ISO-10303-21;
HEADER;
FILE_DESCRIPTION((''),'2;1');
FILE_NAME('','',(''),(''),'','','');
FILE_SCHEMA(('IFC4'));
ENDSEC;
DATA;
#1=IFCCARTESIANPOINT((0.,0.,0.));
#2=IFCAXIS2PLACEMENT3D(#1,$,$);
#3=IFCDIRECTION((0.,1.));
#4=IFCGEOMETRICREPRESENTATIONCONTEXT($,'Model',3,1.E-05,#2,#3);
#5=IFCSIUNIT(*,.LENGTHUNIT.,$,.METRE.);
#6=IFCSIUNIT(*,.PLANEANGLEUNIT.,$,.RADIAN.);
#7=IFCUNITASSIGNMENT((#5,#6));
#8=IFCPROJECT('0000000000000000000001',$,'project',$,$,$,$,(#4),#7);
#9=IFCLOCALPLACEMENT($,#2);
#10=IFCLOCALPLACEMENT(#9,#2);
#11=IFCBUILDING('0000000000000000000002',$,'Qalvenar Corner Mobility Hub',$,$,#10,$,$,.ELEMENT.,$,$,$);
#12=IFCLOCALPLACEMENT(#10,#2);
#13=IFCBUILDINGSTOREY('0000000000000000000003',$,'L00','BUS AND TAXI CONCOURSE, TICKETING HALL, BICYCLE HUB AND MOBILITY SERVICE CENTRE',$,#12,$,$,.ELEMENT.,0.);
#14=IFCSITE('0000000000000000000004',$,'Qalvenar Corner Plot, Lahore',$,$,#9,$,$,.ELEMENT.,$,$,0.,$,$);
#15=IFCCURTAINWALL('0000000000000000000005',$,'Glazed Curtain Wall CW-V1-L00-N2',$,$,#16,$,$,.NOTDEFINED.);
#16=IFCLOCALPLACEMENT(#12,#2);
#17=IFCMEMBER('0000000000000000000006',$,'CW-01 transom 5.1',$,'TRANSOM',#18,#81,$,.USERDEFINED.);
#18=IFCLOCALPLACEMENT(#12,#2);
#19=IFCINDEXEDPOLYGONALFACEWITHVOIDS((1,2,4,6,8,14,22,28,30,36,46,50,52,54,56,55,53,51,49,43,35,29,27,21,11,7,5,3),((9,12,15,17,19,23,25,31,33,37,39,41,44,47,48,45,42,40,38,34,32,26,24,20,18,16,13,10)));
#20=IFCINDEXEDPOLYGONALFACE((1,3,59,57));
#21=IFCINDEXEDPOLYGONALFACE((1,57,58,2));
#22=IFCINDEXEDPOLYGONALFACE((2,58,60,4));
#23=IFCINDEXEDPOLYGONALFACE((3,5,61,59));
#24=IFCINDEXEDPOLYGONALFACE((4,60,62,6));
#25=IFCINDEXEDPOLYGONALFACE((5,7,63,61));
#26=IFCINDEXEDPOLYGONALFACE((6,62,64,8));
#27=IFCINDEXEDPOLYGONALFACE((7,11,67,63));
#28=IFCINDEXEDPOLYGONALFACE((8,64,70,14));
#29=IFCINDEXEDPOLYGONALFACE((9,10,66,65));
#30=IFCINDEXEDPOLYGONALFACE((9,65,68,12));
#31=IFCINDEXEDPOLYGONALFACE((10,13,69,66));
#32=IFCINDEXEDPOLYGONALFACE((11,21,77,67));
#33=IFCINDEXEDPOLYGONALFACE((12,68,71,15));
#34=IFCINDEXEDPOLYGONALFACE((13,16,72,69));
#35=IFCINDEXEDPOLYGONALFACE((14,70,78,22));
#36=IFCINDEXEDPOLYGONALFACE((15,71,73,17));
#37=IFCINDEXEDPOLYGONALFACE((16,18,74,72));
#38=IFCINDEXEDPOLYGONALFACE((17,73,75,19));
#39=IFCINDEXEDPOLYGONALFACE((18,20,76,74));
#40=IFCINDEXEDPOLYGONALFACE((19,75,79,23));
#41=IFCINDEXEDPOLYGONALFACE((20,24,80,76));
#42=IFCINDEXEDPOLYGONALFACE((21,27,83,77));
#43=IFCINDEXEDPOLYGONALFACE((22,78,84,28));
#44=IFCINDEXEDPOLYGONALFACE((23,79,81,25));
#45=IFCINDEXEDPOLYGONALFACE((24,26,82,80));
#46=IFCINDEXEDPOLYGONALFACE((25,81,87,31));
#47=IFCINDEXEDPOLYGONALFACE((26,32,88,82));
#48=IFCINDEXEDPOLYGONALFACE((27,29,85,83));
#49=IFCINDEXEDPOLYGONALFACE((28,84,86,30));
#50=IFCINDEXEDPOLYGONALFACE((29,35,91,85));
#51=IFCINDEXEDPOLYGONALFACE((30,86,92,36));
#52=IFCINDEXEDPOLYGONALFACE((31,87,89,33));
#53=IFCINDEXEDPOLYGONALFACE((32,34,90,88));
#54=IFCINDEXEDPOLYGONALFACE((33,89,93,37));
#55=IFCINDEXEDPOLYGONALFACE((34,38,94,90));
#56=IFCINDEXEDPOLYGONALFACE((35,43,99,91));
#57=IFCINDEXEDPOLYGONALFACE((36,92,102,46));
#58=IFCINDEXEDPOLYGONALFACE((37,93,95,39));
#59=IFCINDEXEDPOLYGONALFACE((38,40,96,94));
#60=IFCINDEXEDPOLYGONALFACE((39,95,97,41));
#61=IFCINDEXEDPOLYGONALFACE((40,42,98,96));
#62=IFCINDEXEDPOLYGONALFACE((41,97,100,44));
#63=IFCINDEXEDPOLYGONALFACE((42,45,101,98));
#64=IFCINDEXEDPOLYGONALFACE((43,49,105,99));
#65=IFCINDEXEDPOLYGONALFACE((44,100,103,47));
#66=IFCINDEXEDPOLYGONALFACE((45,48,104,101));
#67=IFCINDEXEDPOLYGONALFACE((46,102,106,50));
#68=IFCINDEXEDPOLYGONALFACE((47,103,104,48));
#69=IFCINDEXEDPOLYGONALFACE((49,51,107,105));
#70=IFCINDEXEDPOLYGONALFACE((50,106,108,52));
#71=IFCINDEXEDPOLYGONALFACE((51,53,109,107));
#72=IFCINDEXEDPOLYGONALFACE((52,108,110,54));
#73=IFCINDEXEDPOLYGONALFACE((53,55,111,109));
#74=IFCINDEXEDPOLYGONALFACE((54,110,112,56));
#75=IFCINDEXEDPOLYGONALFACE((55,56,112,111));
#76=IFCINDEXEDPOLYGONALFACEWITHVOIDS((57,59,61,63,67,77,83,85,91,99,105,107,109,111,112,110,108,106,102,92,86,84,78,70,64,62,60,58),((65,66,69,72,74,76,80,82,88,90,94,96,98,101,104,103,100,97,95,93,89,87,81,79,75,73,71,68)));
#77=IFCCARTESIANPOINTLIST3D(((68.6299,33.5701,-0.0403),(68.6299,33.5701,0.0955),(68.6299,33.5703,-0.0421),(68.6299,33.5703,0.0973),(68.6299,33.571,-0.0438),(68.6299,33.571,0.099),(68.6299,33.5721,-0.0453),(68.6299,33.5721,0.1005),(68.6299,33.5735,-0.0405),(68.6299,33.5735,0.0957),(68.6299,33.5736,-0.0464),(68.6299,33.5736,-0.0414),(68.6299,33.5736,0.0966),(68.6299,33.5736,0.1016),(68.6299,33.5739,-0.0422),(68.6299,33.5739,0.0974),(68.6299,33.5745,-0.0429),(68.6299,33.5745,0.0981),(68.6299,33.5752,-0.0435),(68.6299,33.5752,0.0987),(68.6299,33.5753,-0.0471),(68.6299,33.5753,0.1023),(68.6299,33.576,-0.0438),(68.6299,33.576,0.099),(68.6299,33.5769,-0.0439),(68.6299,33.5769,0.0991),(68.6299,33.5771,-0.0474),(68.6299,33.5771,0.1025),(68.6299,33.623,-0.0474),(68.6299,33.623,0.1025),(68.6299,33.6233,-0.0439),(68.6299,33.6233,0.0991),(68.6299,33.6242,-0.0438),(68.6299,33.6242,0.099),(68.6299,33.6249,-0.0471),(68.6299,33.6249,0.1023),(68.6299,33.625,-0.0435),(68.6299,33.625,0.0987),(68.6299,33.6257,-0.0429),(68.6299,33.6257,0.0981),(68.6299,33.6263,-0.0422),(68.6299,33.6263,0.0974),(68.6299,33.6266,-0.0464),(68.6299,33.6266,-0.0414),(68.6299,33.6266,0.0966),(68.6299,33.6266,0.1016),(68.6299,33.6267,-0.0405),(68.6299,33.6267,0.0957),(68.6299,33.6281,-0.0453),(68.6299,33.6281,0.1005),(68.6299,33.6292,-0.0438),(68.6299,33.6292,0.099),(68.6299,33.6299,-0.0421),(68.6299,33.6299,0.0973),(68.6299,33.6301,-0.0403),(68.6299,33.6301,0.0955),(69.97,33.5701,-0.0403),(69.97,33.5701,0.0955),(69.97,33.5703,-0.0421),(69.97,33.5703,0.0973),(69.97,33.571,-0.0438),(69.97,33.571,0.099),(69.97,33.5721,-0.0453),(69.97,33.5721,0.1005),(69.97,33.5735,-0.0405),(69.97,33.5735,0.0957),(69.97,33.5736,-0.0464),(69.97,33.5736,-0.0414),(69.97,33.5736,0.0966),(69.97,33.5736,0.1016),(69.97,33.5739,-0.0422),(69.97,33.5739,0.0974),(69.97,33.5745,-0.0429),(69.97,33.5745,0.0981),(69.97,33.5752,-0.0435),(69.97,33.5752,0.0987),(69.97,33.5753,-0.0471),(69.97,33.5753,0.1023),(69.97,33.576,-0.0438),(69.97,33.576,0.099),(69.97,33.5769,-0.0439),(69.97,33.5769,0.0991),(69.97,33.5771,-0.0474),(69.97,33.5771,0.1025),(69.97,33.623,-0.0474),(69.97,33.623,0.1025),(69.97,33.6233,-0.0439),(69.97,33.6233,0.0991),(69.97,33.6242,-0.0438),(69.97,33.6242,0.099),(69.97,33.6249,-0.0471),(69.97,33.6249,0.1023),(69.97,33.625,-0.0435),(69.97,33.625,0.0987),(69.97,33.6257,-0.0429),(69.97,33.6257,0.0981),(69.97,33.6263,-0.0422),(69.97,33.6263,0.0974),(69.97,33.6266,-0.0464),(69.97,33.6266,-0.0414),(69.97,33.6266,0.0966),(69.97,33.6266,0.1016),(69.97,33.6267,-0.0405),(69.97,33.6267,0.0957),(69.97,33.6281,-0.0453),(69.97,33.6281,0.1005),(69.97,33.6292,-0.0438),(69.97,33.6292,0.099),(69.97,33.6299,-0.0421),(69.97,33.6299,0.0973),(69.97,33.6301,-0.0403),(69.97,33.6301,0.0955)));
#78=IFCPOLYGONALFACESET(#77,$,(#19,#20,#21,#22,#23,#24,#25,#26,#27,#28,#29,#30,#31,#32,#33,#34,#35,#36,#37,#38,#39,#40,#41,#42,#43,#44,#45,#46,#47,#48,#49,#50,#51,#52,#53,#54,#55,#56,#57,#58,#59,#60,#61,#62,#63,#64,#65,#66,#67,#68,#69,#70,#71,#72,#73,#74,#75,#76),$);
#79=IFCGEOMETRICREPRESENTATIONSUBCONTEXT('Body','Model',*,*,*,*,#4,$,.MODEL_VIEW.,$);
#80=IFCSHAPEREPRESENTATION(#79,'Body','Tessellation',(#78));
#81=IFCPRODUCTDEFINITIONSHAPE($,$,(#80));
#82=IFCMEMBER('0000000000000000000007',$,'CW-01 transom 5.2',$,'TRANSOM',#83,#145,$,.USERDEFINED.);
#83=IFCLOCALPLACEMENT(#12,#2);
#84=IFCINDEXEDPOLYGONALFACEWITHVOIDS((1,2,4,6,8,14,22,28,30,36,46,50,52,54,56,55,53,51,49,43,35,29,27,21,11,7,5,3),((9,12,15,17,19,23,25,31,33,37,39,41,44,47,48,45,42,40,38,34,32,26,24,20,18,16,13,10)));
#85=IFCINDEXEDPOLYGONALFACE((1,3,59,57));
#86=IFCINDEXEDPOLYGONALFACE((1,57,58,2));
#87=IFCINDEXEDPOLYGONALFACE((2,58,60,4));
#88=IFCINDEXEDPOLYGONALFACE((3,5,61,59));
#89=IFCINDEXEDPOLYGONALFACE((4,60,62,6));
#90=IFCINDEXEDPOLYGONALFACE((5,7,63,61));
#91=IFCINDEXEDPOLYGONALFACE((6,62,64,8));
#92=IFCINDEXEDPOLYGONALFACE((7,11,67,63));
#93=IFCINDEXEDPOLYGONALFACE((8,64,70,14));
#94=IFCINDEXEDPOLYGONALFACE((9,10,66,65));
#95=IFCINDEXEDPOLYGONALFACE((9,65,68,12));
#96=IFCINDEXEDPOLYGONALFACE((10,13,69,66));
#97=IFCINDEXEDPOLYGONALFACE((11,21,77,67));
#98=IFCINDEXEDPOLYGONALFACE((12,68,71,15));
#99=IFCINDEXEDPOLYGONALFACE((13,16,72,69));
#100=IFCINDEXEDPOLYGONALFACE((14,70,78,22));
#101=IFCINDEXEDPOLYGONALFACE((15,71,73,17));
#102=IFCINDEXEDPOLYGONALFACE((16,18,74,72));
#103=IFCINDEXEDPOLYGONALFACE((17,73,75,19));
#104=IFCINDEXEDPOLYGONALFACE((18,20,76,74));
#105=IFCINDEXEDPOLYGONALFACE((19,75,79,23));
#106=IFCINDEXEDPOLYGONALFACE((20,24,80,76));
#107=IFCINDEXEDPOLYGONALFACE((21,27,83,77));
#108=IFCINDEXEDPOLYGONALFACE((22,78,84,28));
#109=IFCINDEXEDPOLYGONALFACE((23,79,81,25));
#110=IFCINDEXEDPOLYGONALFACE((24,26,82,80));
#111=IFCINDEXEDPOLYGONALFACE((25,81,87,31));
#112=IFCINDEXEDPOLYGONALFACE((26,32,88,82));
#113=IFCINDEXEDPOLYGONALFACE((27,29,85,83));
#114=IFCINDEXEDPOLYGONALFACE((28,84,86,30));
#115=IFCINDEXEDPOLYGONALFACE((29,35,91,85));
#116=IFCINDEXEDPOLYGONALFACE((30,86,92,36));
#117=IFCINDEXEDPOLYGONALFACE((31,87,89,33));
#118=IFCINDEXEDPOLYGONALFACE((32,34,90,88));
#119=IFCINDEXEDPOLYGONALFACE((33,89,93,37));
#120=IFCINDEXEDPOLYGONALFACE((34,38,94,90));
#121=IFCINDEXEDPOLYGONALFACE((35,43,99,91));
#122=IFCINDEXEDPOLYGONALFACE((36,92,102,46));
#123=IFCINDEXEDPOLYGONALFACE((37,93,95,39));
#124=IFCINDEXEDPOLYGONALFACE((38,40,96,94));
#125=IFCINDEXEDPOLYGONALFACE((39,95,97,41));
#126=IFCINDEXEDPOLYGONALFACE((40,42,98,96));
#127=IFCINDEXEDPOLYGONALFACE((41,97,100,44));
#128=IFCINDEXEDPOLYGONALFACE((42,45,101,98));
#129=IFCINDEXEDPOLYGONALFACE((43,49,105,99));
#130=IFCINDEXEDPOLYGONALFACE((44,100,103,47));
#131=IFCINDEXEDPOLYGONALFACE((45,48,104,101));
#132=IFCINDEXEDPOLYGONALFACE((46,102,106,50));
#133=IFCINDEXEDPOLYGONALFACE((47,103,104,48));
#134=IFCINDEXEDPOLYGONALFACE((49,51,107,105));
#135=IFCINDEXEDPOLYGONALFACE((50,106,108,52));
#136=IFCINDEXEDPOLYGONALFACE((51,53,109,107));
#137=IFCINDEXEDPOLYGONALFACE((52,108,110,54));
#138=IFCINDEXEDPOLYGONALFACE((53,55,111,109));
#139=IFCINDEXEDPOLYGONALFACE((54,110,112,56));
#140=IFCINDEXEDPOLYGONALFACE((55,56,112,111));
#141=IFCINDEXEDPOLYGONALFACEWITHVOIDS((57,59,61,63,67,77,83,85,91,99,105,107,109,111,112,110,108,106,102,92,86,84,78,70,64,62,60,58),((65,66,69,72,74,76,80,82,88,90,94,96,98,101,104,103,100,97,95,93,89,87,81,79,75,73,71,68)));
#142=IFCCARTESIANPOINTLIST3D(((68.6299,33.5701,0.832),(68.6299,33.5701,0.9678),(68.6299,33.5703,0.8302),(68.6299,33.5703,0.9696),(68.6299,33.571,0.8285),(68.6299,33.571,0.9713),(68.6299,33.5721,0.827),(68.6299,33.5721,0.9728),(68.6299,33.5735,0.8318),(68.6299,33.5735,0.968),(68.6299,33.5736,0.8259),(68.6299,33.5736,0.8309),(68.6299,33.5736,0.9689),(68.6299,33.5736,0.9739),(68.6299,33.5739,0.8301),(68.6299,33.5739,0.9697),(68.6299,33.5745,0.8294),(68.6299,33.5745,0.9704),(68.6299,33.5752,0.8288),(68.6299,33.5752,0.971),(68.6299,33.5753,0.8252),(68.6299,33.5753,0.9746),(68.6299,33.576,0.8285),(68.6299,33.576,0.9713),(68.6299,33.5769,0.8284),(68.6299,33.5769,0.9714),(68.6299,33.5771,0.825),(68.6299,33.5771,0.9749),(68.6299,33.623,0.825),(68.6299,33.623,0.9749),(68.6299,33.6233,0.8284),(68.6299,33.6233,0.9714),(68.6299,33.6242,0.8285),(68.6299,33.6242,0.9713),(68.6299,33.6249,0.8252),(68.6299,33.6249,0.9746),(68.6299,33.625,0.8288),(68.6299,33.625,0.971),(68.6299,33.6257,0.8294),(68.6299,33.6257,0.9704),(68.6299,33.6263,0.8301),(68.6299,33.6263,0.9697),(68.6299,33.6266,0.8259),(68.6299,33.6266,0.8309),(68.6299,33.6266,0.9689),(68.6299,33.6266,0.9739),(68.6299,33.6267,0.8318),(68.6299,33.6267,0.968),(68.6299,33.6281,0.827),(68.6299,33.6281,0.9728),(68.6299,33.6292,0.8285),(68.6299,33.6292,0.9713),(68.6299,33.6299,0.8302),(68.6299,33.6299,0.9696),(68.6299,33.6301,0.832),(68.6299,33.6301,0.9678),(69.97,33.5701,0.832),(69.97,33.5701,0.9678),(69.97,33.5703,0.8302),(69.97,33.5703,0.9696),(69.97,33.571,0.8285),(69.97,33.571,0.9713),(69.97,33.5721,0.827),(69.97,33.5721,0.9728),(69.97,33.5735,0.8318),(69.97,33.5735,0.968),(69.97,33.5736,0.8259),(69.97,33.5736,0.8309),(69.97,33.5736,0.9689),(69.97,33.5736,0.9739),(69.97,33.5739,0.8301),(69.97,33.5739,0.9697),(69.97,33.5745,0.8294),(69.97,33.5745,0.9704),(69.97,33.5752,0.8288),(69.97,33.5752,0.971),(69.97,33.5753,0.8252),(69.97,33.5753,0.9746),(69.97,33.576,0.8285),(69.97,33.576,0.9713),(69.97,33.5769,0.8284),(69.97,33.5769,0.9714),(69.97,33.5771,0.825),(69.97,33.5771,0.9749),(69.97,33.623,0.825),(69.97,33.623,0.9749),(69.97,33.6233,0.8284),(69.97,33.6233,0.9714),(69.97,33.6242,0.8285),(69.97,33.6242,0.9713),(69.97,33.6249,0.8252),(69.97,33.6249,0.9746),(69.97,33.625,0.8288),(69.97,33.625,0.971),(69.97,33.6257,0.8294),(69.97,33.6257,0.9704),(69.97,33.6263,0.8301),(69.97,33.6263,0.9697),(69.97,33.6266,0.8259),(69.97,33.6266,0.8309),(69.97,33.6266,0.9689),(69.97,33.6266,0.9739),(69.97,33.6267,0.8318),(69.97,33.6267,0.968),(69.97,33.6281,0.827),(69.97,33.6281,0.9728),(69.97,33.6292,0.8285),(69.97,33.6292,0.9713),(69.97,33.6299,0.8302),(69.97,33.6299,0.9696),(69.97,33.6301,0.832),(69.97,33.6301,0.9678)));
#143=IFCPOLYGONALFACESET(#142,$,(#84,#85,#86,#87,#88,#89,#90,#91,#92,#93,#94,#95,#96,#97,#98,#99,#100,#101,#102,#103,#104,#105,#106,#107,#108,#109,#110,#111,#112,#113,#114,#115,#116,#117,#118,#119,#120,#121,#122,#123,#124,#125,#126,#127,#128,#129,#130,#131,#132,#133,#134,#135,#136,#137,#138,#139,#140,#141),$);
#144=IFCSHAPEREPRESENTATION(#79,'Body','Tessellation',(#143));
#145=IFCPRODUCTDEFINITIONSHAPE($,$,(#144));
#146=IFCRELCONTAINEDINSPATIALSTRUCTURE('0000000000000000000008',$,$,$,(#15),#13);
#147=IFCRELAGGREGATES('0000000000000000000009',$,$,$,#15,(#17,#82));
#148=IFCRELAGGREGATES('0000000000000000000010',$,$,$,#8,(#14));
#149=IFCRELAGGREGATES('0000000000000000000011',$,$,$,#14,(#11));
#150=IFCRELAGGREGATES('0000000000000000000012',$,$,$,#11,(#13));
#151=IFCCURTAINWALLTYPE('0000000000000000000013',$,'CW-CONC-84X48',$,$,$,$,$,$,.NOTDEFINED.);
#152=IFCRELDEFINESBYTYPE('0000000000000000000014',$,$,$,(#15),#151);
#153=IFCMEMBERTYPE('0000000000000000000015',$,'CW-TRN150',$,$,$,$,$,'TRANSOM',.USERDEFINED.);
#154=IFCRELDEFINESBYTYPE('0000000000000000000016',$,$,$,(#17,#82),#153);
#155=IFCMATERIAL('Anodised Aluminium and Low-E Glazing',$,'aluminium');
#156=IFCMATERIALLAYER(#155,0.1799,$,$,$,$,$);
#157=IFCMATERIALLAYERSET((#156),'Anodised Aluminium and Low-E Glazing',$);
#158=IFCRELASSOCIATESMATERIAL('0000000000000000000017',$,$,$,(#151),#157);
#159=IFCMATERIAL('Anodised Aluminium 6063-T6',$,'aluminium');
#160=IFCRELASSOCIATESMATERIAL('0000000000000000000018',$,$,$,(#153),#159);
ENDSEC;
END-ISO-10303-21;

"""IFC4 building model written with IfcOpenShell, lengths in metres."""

from ifc_helpers import new_model, si_unit, direction, frame, origin, origin_2d, place, context, subcontext, project, spatial, hollow_rectangle, extrude, material, layer, layer_set, material_profile, profile_set, type_object, element, aggregate, save


model = new_model("IFC4")

# Units and contexts
model_context = context("Model", 3, precision=1e-05, world=origin(), true_north=direction((0.0, 1.0)))
body_context = subcontext(model_context, "Body", "Model", "MODEL_VIEW")
ifc_project = project(units=[si_unit("LENGTHUNIT", "METRE"), si_unit("PLANEANGLEUNIT", "RADIAN")], contexts=[model_context])

# Site, building, storey
site_placement = place(None, origin())
site = spatial("IfcSite", under=ifc_project, at=site_placement, Name="Qalvenar Corner Plot, Lahore", CompositionType="ELEMENT", RefElevation=0.0)
building_placement = place(site_placement, origin())
building = spatial("IfcBuilding", under=site, at=building_placement, Name="Qalvenar Corner Mobility Hub", CompositionType="ELEMENT")
storey_placement = place(building_placement, origin())
storey = spatial("IfcBuildingStorey", under=building, at=storey_placement, Name="L00", Description="BUS AND TAXI CONCOURSE, TICKETING HALL, BICYCLE HUB AND MOBILITY SERVICE CENTRE", CompositionType="ELEMENT", Elevation=0.0)

# Curtain wall, members
ifc_material_1 = material(Name="Anodised Aluminium and Low-E Glazing", Category="aluminium")
ifc_layer_1 = layer(ifc_material_1, 0.1799)
ifc_layer_set_1 = layer_set([ifc_layer_1], Name="Anodised Aluminium and Low-E Glazing")
curtain_wall_type = type_object("IfcCurtainWallType", Name="CW-CONC-84X48", PredefinedType="NOTDEFINED", material=ifc_layer_set_1)
curtain_wall_placement = place(storey_placement, origin())
curtain_wall = element("IfcCurtainWall", 1, at=curtain_wall_placement, inside=storey, type_object=curtain_wall_type, Name="Glazed Curtain Wall CW-V1-L00-N2", PredefinedType="NOTDEFINED")
ifc_material_2 = material(Name="Anodised Aluminium 6063-T6", Category="aluminium")
ifc_material_profile_1 = material_profile(ifc_material_2, hollow_rectangle(XDim=0.0601, YDim=0.1499, WallThickness=0.0034, InnerFilletRadius=0.0034, OuterFilletRadius=0.0071, at=origin_2d()), Name="RHS150x60x3.5")
ifc_profile_set_1 = profile_set([ifc_material_profile_1], Name="Anodised Aluminium 6063-T6")
member_type_1 = type_object("IfcMemberType", Name="CW-TRN150", ElementType="TRANSOM", PredefinedType="USERDEFINED", material=ifc_profile_set_1)
member_1_placement = place(storey_placement, frame((69.97, 33.6001, 0.0276), z_axis=(-1.0, 0.0, 0.0), x_axis=(0.0, -1.0, 0.0)))
member_1 = element("IfcMember", 2, at=member_1_placement, type_object=member_type_1, Name="CW-01 transom 5.1", ObjectType="TRANSOM", PredefinedType="USERDEFINED", context=body_context, shape_type="SweptSolid", body=[
    extrude(hollow_rectangle(XDim=0.0601, YDim=0.1499, WallThickness=0.0034, InnerFilletRadius=0.0034, OuterFilletRadius=0.0071, at=origin_2d()), origin(), (0.0, 0.0, 1.0), 1.3401),
])
member_2_placement = place(storey_placement, frame((69.97, 33.6001, 0.8999), z_axis=(-1.0, 0.0, 0.0), x_axis=(0.0, -1.0, 0.0)))
member_2 = element("IfcMember", 3, at=member_2_placement, type_object=member_type_1, Name="CW-01 transom 5.2", ObjectType="TRANSOM", PredefinedType="USERDEFINED", context=body_context, shape_type="SweptSolid", body=[
    extrude(hollow_rectangle(XDim=0.0601, YDim=0.1499, WallThickness=0.0034, InnerFilletRadius=0.0034, OuterFilletRadius=0.0071, at=origin_2d()), origin(), (0.0, 0.0, 1.0), 1.3401),
])
aggregate(curtain_wall, [member_1, member_2])

save(model, "model.ifc")
